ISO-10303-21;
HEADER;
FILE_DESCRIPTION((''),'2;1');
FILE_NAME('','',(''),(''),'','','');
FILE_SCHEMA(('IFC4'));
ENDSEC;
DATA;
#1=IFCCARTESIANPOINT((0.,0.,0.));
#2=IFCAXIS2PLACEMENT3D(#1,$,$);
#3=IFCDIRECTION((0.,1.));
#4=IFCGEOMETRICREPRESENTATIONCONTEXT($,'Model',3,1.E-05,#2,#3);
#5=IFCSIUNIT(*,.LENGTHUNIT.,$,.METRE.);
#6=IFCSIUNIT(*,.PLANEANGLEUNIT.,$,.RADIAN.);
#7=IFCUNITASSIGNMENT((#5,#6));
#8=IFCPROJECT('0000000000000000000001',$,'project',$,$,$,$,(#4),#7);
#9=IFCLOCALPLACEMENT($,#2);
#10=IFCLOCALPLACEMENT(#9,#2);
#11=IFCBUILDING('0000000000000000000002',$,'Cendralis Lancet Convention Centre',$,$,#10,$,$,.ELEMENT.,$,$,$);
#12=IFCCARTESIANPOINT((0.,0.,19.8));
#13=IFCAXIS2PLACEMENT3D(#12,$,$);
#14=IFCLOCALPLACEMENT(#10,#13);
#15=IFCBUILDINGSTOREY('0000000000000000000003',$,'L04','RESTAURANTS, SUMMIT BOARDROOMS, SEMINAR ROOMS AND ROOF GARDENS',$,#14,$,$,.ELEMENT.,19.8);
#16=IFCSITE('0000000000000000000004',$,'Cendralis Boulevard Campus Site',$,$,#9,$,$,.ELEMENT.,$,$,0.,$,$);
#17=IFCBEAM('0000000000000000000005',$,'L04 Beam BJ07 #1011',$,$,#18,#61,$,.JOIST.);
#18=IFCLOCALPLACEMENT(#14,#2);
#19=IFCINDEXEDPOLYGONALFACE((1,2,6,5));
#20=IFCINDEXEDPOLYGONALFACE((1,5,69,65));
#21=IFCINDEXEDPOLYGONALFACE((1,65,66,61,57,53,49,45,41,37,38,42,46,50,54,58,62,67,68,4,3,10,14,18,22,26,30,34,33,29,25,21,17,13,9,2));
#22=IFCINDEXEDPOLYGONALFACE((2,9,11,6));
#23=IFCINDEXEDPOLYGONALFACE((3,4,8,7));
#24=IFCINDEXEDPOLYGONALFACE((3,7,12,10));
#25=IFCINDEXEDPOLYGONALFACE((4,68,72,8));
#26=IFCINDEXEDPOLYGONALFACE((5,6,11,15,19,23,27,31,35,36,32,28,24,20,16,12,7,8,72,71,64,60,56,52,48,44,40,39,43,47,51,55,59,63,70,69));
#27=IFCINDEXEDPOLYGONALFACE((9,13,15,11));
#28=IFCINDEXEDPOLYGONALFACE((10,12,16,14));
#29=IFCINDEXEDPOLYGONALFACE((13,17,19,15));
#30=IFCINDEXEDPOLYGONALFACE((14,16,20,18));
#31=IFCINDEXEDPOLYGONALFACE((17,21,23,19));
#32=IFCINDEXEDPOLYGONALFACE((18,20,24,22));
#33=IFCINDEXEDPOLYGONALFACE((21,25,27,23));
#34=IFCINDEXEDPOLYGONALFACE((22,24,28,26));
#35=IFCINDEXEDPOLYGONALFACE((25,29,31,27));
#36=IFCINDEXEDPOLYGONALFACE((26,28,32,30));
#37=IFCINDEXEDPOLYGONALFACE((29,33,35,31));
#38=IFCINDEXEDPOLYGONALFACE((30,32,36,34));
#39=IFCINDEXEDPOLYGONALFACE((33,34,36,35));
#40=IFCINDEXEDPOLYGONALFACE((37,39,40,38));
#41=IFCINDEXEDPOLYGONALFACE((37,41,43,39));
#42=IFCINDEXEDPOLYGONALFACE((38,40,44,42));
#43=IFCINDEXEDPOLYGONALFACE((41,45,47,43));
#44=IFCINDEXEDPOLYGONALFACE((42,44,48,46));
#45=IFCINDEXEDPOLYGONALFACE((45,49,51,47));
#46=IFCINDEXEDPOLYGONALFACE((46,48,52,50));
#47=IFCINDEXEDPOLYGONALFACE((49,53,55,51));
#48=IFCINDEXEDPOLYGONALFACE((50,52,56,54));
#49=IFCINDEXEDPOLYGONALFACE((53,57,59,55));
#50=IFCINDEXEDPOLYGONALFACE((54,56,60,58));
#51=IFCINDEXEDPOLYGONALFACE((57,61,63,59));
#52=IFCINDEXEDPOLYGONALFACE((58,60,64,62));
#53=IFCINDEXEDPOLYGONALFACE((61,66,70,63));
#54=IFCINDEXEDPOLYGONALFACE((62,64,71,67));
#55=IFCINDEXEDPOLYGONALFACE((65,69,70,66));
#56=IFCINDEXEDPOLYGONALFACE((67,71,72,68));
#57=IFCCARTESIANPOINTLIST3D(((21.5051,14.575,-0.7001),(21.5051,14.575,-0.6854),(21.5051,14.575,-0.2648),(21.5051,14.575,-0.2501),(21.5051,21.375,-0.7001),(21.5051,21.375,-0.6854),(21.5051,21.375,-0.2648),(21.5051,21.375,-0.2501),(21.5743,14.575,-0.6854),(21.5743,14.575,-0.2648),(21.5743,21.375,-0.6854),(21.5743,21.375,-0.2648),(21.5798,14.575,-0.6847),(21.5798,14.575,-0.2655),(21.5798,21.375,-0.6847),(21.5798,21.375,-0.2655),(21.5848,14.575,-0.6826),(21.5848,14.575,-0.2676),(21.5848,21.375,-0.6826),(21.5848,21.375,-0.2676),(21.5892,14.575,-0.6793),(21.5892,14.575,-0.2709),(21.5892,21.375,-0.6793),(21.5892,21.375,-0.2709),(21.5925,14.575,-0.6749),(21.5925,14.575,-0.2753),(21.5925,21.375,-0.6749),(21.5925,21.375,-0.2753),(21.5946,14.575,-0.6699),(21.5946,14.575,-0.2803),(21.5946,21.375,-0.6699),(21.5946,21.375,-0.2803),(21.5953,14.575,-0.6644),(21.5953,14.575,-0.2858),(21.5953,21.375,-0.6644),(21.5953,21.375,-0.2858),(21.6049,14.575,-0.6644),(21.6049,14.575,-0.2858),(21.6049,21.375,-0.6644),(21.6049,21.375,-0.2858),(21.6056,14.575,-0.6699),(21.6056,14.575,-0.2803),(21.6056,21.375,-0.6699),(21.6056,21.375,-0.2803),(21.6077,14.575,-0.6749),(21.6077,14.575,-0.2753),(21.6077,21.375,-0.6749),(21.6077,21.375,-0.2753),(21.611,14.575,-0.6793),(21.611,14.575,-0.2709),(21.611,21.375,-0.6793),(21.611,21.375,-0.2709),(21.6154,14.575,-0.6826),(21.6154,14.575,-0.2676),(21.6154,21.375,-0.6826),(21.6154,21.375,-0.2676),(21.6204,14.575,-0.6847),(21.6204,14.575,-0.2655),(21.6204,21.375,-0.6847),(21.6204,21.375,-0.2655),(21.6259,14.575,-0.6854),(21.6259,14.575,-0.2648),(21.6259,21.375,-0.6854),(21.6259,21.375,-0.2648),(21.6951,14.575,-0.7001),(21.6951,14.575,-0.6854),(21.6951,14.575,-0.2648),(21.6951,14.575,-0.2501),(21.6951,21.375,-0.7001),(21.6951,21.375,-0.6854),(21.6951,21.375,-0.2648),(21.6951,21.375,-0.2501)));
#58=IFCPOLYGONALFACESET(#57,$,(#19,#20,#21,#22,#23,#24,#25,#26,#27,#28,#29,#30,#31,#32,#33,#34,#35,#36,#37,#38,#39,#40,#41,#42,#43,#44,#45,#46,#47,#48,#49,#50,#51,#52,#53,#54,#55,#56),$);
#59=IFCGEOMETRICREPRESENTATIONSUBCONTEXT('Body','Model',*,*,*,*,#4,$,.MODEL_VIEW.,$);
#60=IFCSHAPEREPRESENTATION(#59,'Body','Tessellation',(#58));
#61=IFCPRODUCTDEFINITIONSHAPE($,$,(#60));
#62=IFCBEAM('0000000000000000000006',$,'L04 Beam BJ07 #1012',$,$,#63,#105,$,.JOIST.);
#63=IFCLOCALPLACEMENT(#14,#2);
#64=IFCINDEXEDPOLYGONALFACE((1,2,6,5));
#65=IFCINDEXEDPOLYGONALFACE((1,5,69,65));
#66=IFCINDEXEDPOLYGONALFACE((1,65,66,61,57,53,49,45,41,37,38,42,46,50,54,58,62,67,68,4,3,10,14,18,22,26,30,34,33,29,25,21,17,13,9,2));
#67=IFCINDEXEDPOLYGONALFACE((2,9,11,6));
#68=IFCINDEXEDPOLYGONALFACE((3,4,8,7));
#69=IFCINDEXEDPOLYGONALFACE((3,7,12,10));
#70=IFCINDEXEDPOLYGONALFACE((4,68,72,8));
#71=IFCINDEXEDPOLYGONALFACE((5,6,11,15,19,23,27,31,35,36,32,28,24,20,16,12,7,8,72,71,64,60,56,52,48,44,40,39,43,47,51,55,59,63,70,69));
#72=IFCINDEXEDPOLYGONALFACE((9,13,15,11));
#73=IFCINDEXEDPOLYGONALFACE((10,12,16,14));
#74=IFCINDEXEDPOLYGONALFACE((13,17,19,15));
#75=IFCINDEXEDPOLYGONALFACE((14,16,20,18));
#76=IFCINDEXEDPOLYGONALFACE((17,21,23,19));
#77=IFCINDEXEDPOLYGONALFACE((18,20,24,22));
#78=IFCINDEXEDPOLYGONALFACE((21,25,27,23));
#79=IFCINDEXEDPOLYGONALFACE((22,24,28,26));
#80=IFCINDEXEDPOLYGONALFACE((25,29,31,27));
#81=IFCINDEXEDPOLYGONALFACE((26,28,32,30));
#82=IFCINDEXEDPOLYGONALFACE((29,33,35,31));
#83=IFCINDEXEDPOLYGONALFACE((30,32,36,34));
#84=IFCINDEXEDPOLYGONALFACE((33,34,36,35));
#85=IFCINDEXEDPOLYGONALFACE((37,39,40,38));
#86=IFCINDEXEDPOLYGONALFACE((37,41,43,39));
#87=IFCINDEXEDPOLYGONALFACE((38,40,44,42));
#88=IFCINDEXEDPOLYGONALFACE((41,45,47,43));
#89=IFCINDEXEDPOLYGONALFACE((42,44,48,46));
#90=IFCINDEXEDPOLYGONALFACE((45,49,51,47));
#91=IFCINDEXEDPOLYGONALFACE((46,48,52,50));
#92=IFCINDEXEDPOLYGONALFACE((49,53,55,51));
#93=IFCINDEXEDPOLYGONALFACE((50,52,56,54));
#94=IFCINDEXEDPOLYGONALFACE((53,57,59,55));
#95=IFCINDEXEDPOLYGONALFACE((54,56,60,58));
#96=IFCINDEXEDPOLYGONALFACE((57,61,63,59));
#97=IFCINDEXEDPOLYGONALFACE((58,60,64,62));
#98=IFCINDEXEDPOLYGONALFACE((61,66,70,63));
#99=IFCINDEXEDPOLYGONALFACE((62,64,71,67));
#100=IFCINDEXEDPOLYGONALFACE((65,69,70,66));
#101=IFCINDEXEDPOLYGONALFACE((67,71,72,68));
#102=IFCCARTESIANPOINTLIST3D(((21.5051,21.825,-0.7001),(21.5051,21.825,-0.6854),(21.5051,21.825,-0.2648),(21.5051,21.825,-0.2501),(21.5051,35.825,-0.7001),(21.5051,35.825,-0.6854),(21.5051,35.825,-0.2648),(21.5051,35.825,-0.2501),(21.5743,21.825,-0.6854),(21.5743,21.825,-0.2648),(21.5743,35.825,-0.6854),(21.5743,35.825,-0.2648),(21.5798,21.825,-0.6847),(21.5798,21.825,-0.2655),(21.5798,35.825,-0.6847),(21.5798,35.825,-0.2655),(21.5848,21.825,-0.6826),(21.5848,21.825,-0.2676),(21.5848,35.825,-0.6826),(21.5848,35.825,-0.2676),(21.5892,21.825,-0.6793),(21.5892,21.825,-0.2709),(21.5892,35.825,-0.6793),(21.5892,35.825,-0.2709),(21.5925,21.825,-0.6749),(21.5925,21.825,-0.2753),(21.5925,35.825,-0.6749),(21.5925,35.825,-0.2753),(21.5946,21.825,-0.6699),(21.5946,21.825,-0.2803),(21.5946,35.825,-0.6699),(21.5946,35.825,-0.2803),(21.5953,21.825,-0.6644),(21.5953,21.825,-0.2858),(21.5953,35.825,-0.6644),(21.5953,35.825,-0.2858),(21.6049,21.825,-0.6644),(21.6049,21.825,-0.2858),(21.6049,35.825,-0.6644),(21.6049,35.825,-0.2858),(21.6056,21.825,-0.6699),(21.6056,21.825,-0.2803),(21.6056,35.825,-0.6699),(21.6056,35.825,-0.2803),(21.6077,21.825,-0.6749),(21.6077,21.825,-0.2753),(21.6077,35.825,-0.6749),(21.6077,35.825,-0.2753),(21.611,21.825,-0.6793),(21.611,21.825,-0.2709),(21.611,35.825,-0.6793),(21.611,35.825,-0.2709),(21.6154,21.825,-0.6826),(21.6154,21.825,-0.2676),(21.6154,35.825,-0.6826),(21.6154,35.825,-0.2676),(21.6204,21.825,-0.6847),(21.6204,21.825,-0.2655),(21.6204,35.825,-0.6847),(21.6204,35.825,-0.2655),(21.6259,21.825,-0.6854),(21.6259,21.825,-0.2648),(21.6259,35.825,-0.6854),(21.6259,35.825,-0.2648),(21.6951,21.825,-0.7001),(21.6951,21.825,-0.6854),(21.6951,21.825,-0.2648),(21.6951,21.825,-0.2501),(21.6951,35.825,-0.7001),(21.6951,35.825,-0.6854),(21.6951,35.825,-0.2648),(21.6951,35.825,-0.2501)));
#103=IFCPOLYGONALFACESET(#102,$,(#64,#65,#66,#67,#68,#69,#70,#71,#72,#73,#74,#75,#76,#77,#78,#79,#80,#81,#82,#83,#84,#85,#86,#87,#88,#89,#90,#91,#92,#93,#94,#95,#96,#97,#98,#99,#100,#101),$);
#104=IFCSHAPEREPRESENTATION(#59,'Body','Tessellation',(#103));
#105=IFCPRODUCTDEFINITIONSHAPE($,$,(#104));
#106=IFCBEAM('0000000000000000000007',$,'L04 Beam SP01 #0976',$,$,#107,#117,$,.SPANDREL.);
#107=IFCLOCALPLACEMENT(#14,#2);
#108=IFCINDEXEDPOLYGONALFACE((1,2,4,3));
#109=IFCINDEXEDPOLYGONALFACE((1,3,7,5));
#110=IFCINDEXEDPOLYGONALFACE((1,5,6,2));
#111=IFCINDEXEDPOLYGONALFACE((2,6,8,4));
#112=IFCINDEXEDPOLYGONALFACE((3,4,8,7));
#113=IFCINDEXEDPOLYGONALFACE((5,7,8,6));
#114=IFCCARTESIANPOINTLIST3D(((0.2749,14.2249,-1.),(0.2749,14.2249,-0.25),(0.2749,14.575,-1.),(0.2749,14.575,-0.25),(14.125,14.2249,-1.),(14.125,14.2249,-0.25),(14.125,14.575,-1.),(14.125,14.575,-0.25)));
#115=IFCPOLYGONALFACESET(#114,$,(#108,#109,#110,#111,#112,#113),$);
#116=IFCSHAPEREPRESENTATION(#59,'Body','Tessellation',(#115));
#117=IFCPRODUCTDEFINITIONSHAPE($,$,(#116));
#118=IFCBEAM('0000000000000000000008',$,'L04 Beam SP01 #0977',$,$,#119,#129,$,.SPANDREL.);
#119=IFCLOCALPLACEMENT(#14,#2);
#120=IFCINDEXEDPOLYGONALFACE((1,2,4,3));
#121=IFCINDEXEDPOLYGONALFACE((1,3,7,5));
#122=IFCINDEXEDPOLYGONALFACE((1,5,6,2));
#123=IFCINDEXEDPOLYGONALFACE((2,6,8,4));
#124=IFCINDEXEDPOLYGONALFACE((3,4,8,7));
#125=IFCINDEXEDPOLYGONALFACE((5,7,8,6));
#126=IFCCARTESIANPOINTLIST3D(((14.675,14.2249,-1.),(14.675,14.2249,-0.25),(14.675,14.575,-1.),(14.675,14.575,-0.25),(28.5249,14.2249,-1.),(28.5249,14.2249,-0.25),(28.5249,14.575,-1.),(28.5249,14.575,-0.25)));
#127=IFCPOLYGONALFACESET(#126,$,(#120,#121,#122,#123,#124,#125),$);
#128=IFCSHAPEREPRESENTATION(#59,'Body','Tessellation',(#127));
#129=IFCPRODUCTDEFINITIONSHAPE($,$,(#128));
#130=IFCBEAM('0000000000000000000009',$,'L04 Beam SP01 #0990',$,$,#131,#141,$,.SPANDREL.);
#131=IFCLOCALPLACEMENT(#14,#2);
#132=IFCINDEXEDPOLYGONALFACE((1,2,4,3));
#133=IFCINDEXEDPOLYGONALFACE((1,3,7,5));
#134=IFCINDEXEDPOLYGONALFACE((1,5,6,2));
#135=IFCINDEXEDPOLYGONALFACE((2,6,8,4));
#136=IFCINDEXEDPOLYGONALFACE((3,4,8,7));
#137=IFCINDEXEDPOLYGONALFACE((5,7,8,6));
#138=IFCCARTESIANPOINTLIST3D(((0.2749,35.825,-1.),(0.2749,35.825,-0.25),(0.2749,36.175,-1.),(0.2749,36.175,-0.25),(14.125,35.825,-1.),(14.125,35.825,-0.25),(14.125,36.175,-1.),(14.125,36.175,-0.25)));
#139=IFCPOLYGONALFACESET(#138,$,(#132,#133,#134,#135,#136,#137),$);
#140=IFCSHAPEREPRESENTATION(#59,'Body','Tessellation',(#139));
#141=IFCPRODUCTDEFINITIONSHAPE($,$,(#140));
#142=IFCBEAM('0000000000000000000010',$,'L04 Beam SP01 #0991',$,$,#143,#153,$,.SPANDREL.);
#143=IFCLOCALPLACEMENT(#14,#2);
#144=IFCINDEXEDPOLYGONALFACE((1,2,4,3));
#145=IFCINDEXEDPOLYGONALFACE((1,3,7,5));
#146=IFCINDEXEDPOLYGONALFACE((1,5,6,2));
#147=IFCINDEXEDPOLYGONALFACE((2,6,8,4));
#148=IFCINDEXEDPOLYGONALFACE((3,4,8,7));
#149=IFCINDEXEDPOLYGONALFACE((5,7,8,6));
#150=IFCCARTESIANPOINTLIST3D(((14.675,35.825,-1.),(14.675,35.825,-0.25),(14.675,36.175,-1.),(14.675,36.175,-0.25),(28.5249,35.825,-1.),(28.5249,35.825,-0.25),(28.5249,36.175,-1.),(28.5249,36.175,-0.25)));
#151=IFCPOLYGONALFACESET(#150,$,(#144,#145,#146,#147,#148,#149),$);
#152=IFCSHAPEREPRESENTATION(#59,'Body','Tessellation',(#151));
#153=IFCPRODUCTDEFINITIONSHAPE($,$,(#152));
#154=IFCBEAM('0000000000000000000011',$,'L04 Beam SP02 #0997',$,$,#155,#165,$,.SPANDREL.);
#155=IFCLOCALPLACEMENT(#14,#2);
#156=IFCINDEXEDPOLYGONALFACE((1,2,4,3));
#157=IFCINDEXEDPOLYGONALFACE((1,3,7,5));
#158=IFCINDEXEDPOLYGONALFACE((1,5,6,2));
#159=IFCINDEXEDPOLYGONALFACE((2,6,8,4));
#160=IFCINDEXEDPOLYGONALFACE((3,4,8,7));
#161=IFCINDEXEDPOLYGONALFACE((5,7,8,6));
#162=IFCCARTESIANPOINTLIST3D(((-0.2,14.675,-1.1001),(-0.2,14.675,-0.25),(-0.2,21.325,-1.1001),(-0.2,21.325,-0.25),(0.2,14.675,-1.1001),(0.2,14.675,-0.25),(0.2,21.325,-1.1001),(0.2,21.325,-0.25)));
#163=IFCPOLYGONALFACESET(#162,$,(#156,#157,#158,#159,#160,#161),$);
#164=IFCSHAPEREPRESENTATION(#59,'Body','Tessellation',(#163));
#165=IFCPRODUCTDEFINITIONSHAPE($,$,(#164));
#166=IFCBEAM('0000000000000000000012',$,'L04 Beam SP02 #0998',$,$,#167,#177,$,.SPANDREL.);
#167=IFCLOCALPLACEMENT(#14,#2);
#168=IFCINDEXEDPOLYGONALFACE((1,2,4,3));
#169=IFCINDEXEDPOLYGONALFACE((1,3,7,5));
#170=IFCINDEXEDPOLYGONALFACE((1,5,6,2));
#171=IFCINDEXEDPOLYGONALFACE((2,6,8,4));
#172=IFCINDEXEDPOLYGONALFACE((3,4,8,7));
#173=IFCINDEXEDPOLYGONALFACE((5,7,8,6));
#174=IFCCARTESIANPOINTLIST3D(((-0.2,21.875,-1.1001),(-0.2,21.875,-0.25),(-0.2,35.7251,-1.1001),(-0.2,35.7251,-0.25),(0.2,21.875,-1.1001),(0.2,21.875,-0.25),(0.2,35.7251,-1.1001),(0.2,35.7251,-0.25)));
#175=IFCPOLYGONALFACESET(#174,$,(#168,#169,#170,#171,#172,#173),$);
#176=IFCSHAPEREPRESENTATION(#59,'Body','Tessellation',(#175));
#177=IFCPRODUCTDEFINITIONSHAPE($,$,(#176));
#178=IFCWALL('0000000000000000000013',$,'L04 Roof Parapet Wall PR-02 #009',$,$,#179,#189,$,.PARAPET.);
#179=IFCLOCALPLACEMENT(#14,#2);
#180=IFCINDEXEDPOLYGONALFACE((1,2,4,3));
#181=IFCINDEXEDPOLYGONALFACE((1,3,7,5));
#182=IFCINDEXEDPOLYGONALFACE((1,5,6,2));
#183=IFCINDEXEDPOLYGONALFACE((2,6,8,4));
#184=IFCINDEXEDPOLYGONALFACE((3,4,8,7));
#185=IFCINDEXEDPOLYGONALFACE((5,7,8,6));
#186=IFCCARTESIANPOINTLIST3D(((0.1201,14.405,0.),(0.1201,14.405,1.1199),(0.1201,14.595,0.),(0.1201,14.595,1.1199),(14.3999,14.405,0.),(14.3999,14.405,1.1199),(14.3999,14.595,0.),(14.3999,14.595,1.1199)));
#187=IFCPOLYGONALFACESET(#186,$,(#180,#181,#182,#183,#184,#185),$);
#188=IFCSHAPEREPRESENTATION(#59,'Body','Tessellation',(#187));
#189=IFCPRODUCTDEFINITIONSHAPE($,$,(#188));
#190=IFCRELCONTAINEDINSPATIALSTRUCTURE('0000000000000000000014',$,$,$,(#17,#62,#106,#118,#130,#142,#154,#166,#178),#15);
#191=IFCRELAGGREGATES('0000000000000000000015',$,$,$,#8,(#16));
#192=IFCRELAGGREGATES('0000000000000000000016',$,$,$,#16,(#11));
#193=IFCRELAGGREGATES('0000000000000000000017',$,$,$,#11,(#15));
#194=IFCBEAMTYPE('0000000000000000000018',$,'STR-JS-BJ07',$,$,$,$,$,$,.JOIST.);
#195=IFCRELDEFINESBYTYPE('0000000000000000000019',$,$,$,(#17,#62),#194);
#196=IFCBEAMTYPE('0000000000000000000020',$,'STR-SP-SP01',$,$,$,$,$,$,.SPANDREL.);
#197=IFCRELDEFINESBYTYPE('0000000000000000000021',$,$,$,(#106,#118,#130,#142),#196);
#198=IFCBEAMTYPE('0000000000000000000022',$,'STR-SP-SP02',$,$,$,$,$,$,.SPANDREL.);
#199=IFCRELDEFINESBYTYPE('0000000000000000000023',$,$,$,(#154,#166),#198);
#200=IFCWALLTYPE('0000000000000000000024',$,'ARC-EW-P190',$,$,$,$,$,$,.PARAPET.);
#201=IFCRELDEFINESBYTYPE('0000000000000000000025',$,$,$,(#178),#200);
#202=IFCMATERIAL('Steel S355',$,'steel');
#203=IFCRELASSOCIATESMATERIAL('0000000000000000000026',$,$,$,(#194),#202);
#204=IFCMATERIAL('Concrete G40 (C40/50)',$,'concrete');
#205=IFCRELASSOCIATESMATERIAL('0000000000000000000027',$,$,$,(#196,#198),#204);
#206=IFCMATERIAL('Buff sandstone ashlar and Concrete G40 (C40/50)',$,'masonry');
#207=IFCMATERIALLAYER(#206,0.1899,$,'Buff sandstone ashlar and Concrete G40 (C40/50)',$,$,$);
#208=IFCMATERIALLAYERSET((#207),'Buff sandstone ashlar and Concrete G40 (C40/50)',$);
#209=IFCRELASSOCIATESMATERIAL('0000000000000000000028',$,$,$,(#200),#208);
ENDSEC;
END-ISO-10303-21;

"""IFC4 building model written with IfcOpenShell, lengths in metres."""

from ifc_helpers import new_model, si_unit, direction, frame, frame_2d, origin, origin_2d, place, context, subcontext, project, spatial, rectangle, i_section, extrude, material, layer, layer_set, material_profile, profile_set, type_object, element, save


model = new_model("IFC4")

# Units and contexts
model_context = context("Model", 3, precision=1e-05, world=origin(), true_north=direction((0.0, 1.0)))
body_context = subcontext(model_context, "Body", "Model", "MODEL_VIEW")
ifc_project = project(units=[si_unit("LENGTHUNIT", "METRE"), si_unit("PLANEANGLEUNIT", "RADIAN")], contexts=[model_context])

# Site, building, storey
site_placement = place(None, origin())
site = spatial("IfcSite", under=ifc_project, at=site_placement, Name="Cendralis Boulevard Campus Site", CompositionType="ELEMENT", RefElevation=0.0)
building_placement = place(site_placement, origin())
building = spatial("IfcBuilding", under=site, at=building_placement, Name="Cendralis Lancet Convention Centre", CompositionType="ELEMENT")
storey_placement = place(building_placement, frame((0.0, 0.0, 19.8)))
storey = spatial("IfcBuildingStorey", under=building, at=storey_placement, Name="L04", Description="RESTAURANTS, SUMMIT BOARDROOMS, SEMINAR ROOMS AND ROOF GARDENS", CompositionType="ELEMENT", Elevation=19.8)

# Shared definitions
ifc_material_1 = material(Name="Concrete G40 (C40/50)", Category="concrete")

# Beams
ifc_material_2 = material(Name="Steel S355", Category="steel")
ifc_material_profile_1 = material_profile(ifc_material_2, i_section(OverallWidth=0.1899, OverallDepth=0.45, WebThickness=0.0095, FlangeThickness=0.0146, FilletRadius=0.021, at=origin_2d()), Name="IPE 450")
ifc_profile_set_1 = profile_set([ifc_material_profile_1], Name="Steel S355")
beam_type_1 = type_object("IfcBeamType", Name="STR-JS-BJ07", PredefinedType="JOIST", material=ifc_profile_set_1)
beam_1_placement = place(storey_placement, frame((21.6001, 14.575, -0.4751), z_axis=(0.0, 1.0, 0.0), x_axis=(-1.0, 0.0, 0.0)))
element("IfcBeam", 1, at=beam_1_placement, inside=storey, type_object=beam_type_1, Name="L04 Beam BJ07 #1011", PredefinedType="JOIST", context=body_context, shape_type="SweptSolid", body=[
    extrude(i_section(OverallWidth=0.1899, OverallDepth=0.45, WebThickness=0.0095, FlangeThickness=0.0146, FilletRadius=0.021, at=origin_2d()), origin(), (0.0, 0.0, 1.0), 6.8),
])
beam_2_placement = place(storey_placement, frame((21.6001, 21.825, -0.4751), z_axis=(0.0, 1.0, 0.0), x_axis=(-1.0, 0.0, 0.0)))
element("IfcBeam", 2, at=beam_2_placement, inside=storey, type_object=beam_type_1, Name="L04 Beam BJ07 #1012", PredefinedType="JOIST", context=body_context, shape_type="SweptSolid", body=[
    extrude(i_section(OverallWidth=0.1899, OverallDepth=0.45, WebThickness=0.0095, FlangeThickness=0.0146, FilletRadius=0.021, at=origin_2d()), origin(), (0.0, 0.0, 1.0), 14.0),
])
ifc_material_profile_2 = material_profile(ifc_material_1, rectangle(XDim=0.3501, YDim=0.75, at=origin_2d()), Name="RCB 350x750")
ifc_profile_set_2 = profile_set([ifc_material_profile_2], Name="Concrete G40 (C40/50)")
beam_type_2 = type_object("IfcBeamType", Name="STR-SP-SP01", PredefinedType="SPANDREL", material=ifc_profile_set_2)
beam_3_placement = place(storey_placement, frame((0.2749, 14.3999, -0.625), z_axis=(1.0, 0.0, 0.0), x_axis=(0.0, 1.0, 0.0)))
element("IfcBeam", 3, at=beam_3_placement, inside=storey, type_object=beam_type_2, Name="L04 Beam SP01 #0976", PredefinedType="SPANDREL", context=body_context, shape_type="SweptSolid", body=[
    extrude(rectangle(XDim=0.3501, YDim=0.75, at=origin_2d()), origin(), (0.0, 0.0, 1.0), 13.8501),
])
beam_4_placement = place(storey_placement, frame((14.675, 14.3999, -0.625), z_axis=(1.0, 0.0, 0.0), x_axis=(0.0, 1.0, 0.0)))
element("IfcBeam", 4, at=beam_4_placement, inside=storey, type_object=beam_type_2, Name="L04 Beam SP01 #0977", PredefinedType="SPANDREL", context=body_context, shape_type="SweptSolid", body=[
    extrude(rectangle(XDim=0.3501, YDim=0.75, at=origin_2d()), origin(), (0.0, 0.0, 1.0), 13.8499),
])
beam_5_placement = place(storey_placement, frame((0.2749, 36.0, -0.625), z_axis=(1.0, 0.0, 0.0), x_axis=(0.0, 1.0, 0.0)))
element("IfcBeam", 5, at=beam_5_placement, inside=storey, type_object=beam_type_2, Name="L04 Beam SP01 #0990", PredefinedType="SPANDREL", context=body_context, shape_type="SweptSolid", body=[
    extrude(rectangle(XDim=0.3501, YDim=0.75, at=origin_2d()), origin(), (0.0, 0.0, 1.0), 13.8501),
])
beam_6_placement = place(storey_placement, frame((14.675, 36.0, -0.625), z_axis=(1.0, 0.0, 0.0), x_axis=(0.0, 1.0, 0.0)))
element("IfcBeam", 6, at=beam_6_placement, inside=storey, type_object=beam_type_2, Name="L04 Beam SP01 #0991", PredefinedType="SPANDREL", context=body_context, shape_type="SweptSolid", body=[
    extrude(rectangle(XDim=0.3501, YDim=0.75, at=origin_2d()), origin(), (0.0, 0.0, 1.0), 13.8499),
])
ifc_material_profile_3 = material_profile(ifc_material_1, rectangle(XDim=0.3999, YDim=0.8501, at=origin_2d()), Name="RCB 400x850")
ifc_profile_set_3 = profile_set([ifc_material_profile_3], Name="Concrete G40 (C40/50)")
beam_type_3 = type_object("IfcBeamType", Name="STR-SP-SP02", PredefinedType="SPANDREL", material=ifc_profile_set_3)
beam_7_placement = place(storey_placement, frame((0.0, 14.675, -0.675), z_axis=(0.0, 1.0, 0.0), x_axis=(-1.0, 0.0, 0.0)))
element("IfcBeam", 7, at=beam_7_placement, inside=storey, type_object=beam_type_3, Name="L04 Beam SP02 #0997", PredefinedType="SPANDREL", context=body_context, shape_type="SweptSolid", body=[
    extrude(rectangle(XDim=0.3999, YDim=0.8501, at=origin_2d()), origin(), (0.0, 0.0, 1.0), 6.6499),
])
beam_8_placement = place(storey_placement, frame((0.0, 21.875, -0.675), z_axis=(0.0, 1.0, 0.0), x_axis=(-1.0, 0.0, 0.0)))
element("IfcBeam", 8, at=beam_8_placement, inside=storey, type_object=beam_type_3, Name="L04 Beam SP02 #0998", PredefinedType="SPANDREL", context=body_context, shape_type="SweptSolid", body=[
    extrude(rectangle(XDim=0.3999, YDim=0.8501, at=origin_2d()), origin(), (0.0, 0.0, 1.0), 13.8501),
])

# Wall
ifc_material_3 = material(Name="Buff sandstone ashlar and Concrete G40 (C40/50)", Category="masonry")
ifc_layer_1 = layer(ifc_material_3, 0.1899, Name="Buff sandstone ashlar and Concrete G40 (C40/50)")
ifc_layer_set_1 = layer_set([ifc_layer_1], Name="Buff sandstone ashlar and Concrete G40 (C40/50)")
wall_type_1 = type_object("IfcWallType", Name="ARC-EW-P190", PredefinedType="PARAPET", material=ifc_layer_set_1)
wall_1_placement = place(storey_placement, frame((0.1201, 14.5, 0.0), z_axis=(0.0, 0.0, 1.0), x_axis=(1.0, 0.0, 0.0)))
element("IfcWall", 9, at=wall_1_placement, inside=storey, type_object=wall_type_1, Name="L04 Roof Parapet Wall PR-02 #009", PredefinedType="PARAPET", context=body_context, shape_type="SweptSolid", body=[
    extrude(rectangle(XDim=14.2798, YDim=0.1899, at=frame_2d((7.1399, 0.0))), origin(), (0.0, 0.0, 1.0), 1.1199),
])

save(model, "model.ifc")
